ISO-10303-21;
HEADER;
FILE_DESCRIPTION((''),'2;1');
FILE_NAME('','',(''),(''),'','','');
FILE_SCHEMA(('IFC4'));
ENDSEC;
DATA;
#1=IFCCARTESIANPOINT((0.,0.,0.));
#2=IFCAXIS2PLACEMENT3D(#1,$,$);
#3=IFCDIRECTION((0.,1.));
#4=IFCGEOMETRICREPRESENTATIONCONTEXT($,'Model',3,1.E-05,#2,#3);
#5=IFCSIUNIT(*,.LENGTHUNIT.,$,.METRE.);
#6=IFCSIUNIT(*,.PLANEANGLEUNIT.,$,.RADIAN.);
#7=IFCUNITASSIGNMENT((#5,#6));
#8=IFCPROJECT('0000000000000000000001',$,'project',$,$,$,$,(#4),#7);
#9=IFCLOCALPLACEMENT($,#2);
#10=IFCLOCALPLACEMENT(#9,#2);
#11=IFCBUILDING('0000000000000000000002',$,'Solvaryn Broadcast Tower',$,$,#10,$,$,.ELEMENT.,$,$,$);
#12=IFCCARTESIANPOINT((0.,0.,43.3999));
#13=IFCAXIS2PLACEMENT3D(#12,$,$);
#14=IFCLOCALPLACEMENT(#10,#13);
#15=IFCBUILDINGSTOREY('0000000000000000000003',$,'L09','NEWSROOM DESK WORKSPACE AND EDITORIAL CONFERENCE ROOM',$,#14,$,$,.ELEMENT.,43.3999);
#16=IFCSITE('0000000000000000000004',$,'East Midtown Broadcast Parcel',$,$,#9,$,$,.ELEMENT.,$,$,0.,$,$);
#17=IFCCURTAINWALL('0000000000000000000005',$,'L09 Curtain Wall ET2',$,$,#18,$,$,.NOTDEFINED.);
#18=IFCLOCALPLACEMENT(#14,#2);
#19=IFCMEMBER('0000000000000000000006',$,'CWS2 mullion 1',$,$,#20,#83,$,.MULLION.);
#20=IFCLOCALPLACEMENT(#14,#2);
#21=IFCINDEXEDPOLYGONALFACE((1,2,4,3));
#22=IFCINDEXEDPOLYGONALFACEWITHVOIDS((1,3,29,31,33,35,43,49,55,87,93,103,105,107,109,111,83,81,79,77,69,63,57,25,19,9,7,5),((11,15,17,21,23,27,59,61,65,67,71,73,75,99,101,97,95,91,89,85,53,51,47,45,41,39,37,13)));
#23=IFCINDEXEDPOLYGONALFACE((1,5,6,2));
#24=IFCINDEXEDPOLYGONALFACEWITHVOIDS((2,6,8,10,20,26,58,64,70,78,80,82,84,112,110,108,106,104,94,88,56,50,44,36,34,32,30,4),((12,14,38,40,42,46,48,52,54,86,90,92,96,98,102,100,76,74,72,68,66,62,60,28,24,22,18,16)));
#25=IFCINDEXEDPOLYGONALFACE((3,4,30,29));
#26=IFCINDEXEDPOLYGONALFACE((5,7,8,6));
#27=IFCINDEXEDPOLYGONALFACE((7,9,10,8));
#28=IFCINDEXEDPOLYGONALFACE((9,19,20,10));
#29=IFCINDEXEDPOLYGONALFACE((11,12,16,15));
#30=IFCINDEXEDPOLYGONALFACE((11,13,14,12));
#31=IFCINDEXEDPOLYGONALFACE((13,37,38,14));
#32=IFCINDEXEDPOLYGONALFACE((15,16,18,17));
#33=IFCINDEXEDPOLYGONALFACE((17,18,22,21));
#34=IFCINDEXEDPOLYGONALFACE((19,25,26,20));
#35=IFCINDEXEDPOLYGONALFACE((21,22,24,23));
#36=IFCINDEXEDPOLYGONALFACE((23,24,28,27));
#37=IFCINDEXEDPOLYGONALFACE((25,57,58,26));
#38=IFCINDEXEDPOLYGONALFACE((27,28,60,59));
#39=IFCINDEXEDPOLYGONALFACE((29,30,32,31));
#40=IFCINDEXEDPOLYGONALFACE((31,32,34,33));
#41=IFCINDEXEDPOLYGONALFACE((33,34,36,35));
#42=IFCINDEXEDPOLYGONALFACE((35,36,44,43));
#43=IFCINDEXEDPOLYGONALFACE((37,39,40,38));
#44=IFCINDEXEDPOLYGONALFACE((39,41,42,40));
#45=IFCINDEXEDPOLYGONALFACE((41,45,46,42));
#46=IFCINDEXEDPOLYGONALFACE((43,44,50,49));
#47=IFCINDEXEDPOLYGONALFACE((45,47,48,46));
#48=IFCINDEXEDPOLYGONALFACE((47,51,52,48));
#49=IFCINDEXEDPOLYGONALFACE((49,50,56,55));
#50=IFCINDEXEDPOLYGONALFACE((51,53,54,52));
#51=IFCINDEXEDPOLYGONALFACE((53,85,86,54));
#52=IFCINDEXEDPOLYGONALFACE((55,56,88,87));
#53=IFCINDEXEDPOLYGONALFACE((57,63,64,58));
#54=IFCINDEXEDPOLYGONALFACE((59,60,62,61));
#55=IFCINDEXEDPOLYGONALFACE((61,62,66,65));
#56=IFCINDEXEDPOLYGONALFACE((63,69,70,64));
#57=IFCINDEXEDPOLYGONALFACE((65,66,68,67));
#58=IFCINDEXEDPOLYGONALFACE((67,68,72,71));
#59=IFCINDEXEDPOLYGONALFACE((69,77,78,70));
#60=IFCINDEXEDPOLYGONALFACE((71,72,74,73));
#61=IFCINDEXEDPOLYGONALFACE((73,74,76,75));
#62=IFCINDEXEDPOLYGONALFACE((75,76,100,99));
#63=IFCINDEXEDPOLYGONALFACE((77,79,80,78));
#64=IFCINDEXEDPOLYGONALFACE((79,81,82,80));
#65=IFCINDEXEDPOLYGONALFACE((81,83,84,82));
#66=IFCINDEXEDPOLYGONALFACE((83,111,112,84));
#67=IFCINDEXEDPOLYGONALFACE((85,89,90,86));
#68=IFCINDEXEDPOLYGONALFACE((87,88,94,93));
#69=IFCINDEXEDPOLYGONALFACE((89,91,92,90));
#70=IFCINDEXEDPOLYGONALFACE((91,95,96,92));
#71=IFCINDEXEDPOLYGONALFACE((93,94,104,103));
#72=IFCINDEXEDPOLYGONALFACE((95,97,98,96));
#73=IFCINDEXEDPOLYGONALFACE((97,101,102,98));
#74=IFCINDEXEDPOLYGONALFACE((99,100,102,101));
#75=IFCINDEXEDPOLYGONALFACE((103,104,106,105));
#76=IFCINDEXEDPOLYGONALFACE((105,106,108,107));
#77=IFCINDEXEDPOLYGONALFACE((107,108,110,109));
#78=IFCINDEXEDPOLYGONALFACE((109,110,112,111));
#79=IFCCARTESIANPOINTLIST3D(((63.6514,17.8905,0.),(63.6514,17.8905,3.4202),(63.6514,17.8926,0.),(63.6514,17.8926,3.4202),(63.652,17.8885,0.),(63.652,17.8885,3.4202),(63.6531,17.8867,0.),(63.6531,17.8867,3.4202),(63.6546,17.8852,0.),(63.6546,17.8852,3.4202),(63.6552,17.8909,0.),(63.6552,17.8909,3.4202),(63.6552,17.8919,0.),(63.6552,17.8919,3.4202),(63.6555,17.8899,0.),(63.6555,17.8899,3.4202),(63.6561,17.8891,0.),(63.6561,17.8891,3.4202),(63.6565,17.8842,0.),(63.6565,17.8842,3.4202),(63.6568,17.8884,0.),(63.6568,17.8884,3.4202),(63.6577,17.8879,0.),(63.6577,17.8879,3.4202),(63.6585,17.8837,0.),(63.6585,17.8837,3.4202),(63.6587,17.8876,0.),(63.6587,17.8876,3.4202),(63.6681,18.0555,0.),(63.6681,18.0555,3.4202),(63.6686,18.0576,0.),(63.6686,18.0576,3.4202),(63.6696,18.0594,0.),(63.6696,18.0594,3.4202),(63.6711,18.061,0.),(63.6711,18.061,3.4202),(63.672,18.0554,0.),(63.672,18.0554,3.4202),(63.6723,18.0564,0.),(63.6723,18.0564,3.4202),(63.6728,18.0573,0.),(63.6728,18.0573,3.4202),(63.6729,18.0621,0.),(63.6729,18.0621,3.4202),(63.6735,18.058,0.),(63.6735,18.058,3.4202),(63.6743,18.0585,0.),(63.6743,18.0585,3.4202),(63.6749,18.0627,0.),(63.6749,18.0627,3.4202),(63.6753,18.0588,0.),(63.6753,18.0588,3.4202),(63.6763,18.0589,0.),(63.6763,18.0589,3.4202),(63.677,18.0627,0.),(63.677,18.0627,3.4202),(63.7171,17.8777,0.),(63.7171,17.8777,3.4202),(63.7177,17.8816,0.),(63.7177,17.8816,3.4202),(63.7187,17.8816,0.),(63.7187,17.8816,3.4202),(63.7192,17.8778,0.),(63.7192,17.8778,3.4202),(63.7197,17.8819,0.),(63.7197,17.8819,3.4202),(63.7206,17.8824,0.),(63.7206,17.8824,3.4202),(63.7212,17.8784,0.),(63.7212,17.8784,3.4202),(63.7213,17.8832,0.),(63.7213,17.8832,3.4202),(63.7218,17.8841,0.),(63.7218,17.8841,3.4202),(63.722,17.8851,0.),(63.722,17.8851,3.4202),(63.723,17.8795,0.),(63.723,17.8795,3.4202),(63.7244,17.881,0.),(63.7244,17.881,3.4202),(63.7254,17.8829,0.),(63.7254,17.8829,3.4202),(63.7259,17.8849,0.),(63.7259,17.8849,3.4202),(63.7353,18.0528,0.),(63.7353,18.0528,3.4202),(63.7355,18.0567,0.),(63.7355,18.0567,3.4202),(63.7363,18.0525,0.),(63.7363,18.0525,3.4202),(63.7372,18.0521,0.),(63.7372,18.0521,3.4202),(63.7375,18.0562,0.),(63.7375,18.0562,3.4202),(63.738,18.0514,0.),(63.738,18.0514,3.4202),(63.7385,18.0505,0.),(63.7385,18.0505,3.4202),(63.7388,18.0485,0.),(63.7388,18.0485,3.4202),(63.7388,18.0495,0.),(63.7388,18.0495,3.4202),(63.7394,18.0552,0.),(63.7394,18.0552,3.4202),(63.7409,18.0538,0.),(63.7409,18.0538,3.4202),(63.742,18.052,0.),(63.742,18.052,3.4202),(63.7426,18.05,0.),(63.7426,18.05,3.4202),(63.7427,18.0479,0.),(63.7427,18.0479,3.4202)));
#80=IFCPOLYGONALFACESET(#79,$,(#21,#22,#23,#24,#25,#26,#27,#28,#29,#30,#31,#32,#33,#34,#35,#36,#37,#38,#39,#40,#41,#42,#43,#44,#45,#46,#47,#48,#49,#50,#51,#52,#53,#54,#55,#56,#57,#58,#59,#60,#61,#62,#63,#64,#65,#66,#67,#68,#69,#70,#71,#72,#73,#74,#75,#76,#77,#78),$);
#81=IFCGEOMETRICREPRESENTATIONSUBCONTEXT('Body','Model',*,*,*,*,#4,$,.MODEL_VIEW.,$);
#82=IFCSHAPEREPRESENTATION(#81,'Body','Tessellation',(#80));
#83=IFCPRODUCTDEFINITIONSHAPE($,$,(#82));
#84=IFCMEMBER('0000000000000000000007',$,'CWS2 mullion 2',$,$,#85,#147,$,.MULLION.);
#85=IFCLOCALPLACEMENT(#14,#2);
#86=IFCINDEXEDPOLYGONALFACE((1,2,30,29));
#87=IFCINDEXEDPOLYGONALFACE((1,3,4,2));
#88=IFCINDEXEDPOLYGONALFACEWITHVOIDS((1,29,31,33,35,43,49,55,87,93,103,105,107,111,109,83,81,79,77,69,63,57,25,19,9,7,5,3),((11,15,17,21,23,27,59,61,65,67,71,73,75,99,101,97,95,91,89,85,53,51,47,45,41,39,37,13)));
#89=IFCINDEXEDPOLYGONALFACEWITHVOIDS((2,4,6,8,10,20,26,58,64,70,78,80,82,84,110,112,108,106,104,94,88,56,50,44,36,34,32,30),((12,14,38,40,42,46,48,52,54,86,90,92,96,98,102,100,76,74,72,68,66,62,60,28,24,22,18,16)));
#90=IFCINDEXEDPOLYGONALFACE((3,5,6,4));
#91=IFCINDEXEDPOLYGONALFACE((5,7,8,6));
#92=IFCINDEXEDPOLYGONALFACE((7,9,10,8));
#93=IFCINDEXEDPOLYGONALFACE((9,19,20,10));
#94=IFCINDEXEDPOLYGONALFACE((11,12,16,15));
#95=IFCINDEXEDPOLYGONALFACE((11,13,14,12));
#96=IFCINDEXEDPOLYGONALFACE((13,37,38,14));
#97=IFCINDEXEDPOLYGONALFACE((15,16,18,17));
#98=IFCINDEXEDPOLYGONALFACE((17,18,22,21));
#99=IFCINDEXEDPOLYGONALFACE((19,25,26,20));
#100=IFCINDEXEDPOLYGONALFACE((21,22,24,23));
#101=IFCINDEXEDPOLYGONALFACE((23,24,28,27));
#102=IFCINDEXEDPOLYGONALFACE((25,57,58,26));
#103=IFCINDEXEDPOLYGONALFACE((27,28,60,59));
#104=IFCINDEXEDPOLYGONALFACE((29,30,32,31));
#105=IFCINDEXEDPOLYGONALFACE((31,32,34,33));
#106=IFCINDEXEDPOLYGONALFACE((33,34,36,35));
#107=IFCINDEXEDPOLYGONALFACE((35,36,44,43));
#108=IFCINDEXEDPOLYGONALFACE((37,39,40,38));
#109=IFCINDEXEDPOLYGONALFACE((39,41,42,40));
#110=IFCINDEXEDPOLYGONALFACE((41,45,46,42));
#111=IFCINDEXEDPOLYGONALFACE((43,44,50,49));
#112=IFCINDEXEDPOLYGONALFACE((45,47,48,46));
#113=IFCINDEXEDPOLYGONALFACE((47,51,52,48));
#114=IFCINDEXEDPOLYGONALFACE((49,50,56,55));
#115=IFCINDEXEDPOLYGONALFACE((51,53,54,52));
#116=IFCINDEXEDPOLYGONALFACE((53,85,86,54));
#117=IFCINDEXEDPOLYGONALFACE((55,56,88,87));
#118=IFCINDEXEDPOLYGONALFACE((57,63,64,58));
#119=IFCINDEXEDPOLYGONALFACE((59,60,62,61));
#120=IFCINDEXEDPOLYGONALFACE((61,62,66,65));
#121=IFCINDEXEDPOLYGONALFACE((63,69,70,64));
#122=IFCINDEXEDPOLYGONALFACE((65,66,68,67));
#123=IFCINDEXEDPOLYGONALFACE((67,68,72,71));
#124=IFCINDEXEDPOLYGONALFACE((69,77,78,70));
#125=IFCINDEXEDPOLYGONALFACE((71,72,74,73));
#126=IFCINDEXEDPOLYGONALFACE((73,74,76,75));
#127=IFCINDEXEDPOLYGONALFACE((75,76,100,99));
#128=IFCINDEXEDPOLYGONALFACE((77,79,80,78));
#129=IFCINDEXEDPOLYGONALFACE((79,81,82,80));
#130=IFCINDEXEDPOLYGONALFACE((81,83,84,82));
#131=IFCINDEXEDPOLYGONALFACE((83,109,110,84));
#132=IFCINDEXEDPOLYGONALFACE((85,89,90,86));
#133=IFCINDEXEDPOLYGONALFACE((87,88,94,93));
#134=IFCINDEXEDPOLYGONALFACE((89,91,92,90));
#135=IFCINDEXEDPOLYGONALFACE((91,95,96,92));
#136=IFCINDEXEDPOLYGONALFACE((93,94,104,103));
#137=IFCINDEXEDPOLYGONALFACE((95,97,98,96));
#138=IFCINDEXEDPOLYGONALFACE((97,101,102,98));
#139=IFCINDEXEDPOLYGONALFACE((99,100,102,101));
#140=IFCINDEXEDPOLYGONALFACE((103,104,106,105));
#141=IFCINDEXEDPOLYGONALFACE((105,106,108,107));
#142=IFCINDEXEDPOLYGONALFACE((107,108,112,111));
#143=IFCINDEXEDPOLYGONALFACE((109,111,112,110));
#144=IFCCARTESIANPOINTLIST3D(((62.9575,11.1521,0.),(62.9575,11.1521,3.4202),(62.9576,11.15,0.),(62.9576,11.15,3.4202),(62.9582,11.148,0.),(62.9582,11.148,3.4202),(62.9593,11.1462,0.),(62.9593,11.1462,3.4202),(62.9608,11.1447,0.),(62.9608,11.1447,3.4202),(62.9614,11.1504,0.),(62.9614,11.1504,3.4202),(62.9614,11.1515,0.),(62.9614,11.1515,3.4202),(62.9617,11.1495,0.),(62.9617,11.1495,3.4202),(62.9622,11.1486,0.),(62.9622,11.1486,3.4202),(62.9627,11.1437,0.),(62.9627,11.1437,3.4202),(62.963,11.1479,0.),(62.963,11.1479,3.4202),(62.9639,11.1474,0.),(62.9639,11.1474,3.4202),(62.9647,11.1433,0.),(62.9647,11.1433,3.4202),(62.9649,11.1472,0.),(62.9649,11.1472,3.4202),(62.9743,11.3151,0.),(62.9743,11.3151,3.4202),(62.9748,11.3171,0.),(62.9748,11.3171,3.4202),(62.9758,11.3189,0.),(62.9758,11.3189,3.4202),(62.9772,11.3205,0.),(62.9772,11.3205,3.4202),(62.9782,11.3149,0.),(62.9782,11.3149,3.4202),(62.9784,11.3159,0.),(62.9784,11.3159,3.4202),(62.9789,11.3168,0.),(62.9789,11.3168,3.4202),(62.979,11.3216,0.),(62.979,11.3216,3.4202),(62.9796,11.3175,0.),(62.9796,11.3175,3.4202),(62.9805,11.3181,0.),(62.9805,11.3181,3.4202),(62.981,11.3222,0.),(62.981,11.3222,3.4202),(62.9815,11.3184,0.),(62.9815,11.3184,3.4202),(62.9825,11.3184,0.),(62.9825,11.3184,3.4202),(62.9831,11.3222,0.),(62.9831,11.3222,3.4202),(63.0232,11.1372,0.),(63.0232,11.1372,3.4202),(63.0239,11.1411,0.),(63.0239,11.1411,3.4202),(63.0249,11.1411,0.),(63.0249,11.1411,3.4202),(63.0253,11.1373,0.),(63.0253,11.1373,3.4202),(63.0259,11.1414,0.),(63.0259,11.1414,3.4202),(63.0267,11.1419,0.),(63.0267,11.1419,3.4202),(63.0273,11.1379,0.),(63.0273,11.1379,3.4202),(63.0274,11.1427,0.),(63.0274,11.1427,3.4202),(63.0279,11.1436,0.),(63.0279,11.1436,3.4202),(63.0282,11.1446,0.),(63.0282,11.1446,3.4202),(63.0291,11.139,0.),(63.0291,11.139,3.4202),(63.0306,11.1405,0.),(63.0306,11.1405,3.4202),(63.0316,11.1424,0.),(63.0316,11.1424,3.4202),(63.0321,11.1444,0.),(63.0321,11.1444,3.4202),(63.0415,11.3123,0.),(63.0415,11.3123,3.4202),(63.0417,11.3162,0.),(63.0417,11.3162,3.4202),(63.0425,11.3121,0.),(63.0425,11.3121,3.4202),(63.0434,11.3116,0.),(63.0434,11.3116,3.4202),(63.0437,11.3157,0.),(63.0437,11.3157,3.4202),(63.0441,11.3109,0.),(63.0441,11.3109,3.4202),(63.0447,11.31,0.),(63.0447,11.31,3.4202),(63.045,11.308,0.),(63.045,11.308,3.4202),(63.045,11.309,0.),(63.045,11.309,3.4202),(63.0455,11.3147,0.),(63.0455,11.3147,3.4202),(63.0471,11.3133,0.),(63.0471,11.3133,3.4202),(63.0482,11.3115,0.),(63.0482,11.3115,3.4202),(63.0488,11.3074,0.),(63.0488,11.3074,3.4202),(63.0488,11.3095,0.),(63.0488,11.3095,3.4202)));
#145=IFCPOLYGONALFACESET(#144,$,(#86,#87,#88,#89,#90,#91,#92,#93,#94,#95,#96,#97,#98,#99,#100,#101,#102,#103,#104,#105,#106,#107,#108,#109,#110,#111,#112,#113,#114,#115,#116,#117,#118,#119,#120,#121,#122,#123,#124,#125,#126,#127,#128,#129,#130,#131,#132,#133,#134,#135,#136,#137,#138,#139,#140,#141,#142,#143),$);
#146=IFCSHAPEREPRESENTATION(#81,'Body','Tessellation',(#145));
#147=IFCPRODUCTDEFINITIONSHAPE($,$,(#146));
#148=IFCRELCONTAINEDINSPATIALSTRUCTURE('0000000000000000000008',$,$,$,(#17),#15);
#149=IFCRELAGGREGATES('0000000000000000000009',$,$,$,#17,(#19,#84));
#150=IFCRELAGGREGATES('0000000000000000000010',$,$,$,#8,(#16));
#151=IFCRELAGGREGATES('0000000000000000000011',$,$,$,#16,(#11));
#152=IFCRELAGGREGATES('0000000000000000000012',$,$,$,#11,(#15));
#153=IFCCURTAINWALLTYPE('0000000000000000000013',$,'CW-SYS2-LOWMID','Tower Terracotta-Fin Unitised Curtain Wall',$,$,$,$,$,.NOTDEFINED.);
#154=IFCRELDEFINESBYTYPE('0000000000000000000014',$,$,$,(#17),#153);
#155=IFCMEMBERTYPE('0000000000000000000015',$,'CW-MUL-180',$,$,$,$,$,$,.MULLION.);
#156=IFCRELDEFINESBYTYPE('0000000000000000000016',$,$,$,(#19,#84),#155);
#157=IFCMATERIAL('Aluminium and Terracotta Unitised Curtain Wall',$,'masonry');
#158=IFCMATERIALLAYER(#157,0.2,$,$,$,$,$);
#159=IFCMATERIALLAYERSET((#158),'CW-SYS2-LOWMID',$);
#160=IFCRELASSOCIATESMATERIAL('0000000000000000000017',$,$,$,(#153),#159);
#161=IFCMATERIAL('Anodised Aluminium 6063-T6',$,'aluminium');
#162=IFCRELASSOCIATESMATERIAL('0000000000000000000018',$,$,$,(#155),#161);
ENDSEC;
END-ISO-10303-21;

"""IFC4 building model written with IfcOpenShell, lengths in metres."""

from ifc_helpers import new_model, si_unit, direction, frame, origin, origin_2d, place, context, subcontext, project, spatial, hollow_rectangle, extrude, material, layer, layer_set, material_profile, profile_set, type_object, element, aggregate, save


model = new_model("IFC4")

# Units and contexts
model_context = context("Model", 3, precision=1e-05, world=origin(), true_north=direction((0.0, 1.0)))
body_context = subcontext(model_context, "Body", "Model", "MODEL_VIEW")
ifc_project = project(units=[si_unit("LENGTHUNIT", "METRE"), si_unit("PLANEANGLEUNIT", "RADIAN")], contexts=[model_context])

# Site, building, storey
site_placement = place(None, origin())
site = spatial("IfcSite", under=ifc_project, at=site_placement, Name="East Midtown Broadcast Parcel", CompositionType="ELEMENT", RefElevation=0.0)
building_placement = place(site_placement, origin())
building = spatial("IfcBuilding", under=site, at=building_placement, Name="Solvaryn Broadcast Tower", CompositionType="ELEMENT")
storey_placement = place(building_placement, frame((0.0, 0.0, 43.3999)))
storey = spatial("IfcBuildingStorey", under=building, at=storey_placement, Name="L09", Description="NEWSROOM DESK WORKSPACE AND EDITORIAL CONFERENCE ROOM", CompositionType="ELEMENT", Elevation=43.3999)

# Shared definitions
ifc_material_1 = material(Name="Aluminium and Terracotta Unitised Curtain Wall", Category="masonry")
ifc_layer_1 = layer(ifc_material_1, 0.2)
ifc_layer_set_1 = layer_set([ifc_layer_1], Name="CW-SYS2-LOWMID")
curtain_wall_type = type_object("IfcCurtainWallType", Name="CW-SYS2-LOWMID", Description="Tower Terracotta-Fin Unitised Curtain Wall", PredefinedType="NOTDEFINED", material=ifc_layer_set_1)
ifc_material_2 = material(Name="Anodised Aluminium 6063-T6", Category="aluminium")
ifc_material_profile_1 = material_profile(ifc_material_2, hollow_rectangle(XDim=0.075, YDim=0.1799, WallThickness=0.0039, InnerFilletRadius=0.0039, OuterFilletRadius=0.0081, at=origin_2d()))
ifc_profile_set_1 = profile_set([ifc_material_profile_1], Name="Anodised Aluminium 6063-T6")
member_type_1 = type_object("IfcMemberType", Name="CW-MUL-180", PredefinedType="MULLION", material=ifc_profile_set_1)

# Curtain wall, members
curtain_wall_1_placement = place(storey_placement, origin())
curtain_wall_1 = element("IfcCurtainWall", 1, at=curtain_wall_1_placement, inside=storey, type_object=curtain_wall_type, Name="L09 Curtain Wall ET2", PredefinedType="NOTDEFINED")
member_1_placement = place(storey_placement, frame((63.697, 17.9702, 0.0), z_axis=(0.0, 0.0, 1.0), x_axis=(0.994743, -0.1024, 0.0)))
member_1 = element("IfcMember", 2, at=member_1_placement, type_object=member_type_1, Name="CWS2 mullion 1", PredefinedType="MULLION", context=body_context, shape_type="SweptSolid", body=[
    extrude(hollow_rectangle(XDim=0.075, YDim=0.1799, WallThickness=0.0039, InnerFilletRadius=0.0039, OuterFilletRadius=0.0081, at=origin_2d()), origin(), (0.0, 0.0, 1.0), 3.4202),
])
member_2_placement = place(storey_placement, frame((63.0032, 11.2297, 0.0), z_axis=(0.0, 0.0, 1.0), x_axis=(0.994743, -0.1024, 0.0)))
member_2 = element("IfcMember", 3, at=member_2_placement, type_object=member_type_1, Name="CWS2 mullion 2", PredefinedType="MULLION", context=body_context, shape_type="SweptSolid", body=[
    extrude(hollow_rectangle(XDim=0.075, YDim=0.1799, WallThickness=0.0039, InnerFilletRadius=0.0039, OuterFilletRadius=0.0081, at=origin_2d()), origin(), (0.0, 0.0, 1.0), 3.4202),
])
aggregate(curtain_wall_1, [member_1, member_2])

save(model, "model.ifc")
